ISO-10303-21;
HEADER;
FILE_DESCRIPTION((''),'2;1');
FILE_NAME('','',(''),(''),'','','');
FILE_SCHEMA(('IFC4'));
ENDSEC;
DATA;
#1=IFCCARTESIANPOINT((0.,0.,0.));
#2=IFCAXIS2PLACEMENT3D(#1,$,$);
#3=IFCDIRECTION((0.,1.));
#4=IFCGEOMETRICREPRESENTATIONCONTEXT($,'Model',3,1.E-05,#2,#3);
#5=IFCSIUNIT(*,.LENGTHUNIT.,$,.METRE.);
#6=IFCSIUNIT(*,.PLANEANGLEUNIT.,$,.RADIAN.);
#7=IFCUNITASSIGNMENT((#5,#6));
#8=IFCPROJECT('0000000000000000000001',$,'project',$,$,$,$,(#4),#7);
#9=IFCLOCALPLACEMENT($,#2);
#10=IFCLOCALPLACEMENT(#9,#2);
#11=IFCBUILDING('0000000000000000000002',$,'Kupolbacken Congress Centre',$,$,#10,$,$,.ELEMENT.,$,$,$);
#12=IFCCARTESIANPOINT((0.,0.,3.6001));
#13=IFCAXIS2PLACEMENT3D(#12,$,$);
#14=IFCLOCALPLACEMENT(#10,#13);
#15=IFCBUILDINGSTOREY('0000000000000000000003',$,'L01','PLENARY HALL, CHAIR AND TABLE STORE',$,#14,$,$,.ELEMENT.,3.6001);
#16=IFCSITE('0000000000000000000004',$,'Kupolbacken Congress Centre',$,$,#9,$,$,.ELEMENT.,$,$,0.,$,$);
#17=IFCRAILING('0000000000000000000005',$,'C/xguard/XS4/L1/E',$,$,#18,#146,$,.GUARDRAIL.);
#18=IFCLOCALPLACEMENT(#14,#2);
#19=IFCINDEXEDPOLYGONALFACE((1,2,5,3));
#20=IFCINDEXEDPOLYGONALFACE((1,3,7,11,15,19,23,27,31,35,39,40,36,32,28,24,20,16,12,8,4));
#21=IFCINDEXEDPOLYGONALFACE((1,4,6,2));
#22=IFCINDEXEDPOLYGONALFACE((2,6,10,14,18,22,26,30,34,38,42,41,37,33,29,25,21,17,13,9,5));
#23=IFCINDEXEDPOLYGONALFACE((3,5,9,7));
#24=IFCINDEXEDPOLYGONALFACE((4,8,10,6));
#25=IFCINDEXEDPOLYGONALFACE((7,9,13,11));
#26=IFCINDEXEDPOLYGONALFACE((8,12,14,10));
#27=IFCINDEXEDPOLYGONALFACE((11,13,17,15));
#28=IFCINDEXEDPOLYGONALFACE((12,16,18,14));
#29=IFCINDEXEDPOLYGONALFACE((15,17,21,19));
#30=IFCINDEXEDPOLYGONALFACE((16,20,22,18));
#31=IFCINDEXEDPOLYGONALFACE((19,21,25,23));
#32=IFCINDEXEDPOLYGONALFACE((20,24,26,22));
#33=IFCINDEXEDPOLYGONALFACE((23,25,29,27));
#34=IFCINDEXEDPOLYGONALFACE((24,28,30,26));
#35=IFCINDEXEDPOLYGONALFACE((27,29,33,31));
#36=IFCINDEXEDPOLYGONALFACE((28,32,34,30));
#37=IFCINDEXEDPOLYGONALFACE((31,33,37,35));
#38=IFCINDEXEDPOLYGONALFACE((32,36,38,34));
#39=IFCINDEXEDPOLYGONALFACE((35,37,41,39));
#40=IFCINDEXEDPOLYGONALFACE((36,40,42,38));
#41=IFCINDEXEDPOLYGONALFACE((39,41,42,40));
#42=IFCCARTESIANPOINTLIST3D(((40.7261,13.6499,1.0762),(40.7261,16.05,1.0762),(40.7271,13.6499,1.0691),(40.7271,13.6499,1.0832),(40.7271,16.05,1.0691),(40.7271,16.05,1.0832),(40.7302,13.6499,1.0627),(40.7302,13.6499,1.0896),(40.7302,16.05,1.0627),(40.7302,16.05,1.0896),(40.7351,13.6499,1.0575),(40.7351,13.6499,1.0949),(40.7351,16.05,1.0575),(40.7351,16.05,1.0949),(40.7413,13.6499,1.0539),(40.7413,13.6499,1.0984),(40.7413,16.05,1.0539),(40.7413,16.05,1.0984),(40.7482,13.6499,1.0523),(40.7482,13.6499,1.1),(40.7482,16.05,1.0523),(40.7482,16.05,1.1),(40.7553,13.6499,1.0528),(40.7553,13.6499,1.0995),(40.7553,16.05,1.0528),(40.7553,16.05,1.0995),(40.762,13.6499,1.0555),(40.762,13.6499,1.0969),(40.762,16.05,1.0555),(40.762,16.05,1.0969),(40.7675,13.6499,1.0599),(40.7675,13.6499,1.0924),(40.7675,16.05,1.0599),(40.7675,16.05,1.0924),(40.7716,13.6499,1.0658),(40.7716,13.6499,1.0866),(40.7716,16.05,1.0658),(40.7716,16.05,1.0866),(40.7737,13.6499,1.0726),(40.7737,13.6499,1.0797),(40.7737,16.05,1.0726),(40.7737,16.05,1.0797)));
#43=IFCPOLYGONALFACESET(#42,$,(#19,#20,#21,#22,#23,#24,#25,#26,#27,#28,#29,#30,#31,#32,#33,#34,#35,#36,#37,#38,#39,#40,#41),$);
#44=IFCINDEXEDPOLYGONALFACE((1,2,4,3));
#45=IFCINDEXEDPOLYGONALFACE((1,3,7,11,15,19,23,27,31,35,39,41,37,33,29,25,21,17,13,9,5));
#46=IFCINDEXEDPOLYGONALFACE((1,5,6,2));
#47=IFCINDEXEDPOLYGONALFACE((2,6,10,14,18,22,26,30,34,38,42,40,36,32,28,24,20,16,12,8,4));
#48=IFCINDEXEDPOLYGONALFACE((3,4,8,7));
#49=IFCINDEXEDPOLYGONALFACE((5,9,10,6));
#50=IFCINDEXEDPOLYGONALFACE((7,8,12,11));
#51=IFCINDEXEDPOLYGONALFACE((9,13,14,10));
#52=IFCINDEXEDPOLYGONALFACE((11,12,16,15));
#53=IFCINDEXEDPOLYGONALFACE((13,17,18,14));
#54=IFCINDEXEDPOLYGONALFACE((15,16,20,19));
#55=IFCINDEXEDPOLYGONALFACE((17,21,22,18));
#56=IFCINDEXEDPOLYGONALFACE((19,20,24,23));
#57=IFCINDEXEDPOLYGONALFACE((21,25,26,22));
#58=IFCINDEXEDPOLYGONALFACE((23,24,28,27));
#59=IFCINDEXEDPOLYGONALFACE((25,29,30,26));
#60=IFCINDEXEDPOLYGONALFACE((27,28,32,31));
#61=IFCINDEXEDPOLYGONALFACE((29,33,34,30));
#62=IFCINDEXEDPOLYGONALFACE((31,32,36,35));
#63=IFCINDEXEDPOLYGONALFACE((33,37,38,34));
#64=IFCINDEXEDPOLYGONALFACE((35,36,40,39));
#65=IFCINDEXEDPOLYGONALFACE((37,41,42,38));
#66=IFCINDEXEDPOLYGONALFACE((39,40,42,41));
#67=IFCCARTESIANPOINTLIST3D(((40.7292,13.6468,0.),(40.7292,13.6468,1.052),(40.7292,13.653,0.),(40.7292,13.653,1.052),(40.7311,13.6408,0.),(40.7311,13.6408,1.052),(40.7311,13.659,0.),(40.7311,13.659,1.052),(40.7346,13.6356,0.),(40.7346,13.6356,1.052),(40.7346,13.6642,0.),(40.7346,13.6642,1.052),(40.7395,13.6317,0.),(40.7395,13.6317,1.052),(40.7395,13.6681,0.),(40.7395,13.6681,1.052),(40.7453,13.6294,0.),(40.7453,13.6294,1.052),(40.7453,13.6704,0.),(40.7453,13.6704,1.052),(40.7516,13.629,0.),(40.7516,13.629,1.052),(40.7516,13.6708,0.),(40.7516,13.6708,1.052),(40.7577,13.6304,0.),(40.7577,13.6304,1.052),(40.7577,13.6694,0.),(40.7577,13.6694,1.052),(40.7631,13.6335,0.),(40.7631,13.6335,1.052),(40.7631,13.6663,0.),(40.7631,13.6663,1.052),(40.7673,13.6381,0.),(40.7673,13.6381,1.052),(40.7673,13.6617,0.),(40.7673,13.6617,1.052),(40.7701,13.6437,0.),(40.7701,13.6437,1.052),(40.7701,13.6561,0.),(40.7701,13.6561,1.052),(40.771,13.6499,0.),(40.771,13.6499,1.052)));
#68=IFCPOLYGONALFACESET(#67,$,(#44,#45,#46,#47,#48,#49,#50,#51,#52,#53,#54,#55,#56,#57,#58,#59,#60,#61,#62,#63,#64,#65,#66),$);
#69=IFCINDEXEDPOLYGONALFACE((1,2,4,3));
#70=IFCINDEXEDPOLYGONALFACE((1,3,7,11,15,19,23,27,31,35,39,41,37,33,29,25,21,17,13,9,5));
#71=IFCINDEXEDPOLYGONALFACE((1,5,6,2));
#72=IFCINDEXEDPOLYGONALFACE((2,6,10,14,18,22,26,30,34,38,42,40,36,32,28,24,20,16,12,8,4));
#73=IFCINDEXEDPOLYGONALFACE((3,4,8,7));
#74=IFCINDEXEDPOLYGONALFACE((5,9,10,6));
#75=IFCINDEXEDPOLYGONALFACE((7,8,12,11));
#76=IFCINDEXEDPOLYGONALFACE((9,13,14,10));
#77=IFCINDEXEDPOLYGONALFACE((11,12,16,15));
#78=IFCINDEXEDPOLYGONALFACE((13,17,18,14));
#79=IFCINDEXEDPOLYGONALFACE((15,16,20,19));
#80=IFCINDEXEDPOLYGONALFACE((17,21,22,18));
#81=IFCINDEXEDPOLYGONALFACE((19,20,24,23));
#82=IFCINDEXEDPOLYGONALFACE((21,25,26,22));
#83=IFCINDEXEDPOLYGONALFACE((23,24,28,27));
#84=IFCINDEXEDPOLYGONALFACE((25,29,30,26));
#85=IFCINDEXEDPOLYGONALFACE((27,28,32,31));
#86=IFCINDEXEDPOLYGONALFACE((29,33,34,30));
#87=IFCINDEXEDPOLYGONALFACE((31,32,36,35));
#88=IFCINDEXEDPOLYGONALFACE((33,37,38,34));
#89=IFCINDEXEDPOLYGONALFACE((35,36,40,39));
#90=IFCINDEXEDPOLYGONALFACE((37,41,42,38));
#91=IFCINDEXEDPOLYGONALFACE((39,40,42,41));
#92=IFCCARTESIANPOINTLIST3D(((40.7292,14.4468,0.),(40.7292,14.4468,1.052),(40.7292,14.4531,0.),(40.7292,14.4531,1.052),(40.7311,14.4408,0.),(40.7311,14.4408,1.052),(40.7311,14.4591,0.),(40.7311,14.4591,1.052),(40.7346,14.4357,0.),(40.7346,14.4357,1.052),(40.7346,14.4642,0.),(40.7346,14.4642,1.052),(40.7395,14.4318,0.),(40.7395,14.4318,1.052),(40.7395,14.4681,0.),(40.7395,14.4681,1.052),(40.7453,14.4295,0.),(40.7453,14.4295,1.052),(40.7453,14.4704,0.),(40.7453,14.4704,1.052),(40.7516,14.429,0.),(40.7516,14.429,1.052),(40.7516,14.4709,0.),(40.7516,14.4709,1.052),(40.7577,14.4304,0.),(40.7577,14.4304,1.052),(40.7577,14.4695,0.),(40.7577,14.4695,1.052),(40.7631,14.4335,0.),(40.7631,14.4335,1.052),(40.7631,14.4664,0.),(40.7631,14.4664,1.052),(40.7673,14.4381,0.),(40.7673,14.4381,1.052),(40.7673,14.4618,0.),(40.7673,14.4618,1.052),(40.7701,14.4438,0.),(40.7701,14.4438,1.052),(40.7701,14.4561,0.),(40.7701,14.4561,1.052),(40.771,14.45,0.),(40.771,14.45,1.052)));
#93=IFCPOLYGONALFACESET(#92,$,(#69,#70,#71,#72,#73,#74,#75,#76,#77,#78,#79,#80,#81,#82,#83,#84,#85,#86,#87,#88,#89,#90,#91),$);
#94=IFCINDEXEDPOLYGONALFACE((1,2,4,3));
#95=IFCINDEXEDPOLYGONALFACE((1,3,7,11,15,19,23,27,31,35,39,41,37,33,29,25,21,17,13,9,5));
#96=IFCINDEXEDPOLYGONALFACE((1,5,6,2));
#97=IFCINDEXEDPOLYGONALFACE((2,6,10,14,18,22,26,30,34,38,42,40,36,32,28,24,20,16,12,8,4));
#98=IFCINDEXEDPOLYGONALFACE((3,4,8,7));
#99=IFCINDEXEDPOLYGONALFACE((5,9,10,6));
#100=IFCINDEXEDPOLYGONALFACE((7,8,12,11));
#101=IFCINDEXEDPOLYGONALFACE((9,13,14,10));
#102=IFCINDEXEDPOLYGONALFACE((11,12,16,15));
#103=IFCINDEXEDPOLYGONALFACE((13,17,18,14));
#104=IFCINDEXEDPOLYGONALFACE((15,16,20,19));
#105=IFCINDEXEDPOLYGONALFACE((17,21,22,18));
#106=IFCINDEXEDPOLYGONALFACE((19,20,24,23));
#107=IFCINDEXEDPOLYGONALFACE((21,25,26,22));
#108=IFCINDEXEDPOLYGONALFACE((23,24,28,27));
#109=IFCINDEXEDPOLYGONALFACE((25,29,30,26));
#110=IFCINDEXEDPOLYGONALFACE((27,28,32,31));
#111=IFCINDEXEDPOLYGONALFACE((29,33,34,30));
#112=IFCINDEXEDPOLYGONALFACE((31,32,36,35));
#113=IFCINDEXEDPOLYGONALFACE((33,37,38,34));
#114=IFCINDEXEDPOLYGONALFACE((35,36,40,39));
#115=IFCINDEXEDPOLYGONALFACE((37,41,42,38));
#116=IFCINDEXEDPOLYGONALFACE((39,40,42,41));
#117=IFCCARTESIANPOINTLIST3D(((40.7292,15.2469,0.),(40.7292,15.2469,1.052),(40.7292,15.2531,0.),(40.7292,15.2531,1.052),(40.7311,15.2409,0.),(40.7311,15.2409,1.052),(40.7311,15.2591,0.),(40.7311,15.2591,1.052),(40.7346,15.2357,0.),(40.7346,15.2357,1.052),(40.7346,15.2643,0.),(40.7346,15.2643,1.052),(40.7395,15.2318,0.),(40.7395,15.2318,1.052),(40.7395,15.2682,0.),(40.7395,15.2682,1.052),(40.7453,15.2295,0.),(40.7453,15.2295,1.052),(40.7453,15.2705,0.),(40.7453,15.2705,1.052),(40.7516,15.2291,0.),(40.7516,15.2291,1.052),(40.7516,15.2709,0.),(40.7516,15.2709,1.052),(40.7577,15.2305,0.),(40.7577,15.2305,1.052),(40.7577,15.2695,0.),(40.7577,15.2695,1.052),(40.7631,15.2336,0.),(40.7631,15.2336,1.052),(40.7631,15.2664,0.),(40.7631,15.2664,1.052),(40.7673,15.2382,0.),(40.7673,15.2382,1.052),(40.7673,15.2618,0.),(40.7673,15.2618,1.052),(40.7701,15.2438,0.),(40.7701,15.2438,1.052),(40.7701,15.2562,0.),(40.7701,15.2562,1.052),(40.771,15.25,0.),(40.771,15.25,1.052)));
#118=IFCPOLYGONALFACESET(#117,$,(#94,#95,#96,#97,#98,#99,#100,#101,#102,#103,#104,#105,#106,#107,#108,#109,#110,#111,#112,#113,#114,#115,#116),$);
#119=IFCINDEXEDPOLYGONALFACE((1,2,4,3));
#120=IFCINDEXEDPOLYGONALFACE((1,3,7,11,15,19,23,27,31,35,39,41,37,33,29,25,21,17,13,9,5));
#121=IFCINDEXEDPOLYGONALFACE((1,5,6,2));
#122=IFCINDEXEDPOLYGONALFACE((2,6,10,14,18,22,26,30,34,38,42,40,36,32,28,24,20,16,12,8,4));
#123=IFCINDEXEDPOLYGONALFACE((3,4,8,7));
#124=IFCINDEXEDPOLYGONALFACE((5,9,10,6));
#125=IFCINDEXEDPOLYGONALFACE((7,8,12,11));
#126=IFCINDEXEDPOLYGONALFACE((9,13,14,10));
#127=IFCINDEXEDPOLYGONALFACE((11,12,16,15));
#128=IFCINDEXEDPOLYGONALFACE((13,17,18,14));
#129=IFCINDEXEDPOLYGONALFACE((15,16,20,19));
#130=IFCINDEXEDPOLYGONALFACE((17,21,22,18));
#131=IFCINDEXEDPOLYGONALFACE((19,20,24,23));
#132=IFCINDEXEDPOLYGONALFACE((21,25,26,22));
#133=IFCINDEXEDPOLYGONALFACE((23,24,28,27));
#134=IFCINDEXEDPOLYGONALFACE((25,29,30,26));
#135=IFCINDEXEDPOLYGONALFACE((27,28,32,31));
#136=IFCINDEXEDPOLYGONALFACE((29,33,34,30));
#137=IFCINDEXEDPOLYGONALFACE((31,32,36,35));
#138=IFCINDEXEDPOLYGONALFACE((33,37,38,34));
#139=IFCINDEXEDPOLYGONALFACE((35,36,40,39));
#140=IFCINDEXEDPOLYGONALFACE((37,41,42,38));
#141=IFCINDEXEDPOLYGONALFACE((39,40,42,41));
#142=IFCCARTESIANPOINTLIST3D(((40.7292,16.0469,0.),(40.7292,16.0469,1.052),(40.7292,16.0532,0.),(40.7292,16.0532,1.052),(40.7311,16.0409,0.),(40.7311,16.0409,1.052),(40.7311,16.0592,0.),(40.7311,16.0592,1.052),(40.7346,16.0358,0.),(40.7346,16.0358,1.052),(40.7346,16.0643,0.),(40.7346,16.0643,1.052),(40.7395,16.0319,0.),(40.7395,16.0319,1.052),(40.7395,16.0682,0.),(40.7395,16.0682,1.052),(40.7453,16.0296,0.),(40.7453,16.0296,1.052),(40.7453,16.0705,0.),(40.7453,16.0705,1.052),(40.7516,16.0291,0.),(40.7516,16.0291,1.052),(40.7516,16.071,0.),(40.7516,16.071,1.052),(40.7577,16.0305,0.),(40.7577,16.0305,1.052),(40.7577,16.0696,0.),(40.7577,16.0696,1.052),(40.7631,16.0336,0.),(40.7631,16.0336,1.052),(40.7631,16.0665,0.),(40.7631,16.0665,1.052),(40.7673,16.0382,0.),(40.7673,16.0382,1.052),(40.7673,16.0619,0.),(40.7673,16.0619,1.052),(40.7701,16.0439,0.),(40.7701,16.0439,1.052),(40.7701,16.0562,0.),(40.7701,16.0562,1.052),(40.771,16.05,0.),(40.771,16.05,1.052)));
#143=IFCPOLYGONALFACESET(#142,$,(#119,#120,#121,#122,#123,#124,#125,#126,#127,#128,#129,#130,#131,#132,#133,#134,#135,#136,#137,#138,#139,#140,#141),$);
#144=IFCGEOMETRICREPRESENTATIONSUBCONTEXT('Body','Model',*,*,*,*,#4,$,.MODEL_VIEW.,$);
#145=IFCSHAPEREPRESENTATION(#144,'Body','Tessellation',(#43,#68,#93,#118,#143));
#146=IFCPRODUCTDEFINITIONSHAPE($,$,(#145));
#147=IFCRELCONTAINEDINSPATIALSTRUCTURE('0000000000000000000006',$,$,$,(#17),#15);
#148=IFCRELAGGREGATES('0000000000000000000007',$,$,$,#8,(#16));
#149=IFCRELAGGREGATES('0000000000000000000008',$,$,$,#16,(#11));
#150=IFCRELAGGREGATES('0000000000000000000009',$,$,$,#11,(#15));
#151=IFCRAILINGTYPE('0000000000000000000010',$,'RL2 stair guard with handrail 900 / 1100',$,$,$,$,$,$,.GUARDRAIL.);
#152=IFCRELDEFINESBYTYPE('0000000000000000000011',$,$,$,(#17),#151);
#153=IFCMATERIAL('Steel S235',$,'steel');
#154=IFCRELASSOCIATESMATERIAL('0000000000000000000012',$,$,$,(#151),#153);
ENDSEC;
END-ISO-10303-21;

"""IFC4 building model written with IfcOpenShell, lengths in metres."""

from ifc_helpers import new_model, si_unit, direction, frame, origin, origin_2d, place, context, subcontext, project, spatial, circle, extrude, material, type_object, element, save


model = new_model("IFC4")

# Units and contexts
model_context = context("Model", 3, precision=1e-05, world=origin(), true_north=direction((0.0, 1.0)))
body_context = subcontext(model_context, "Body", "Model", "MODEL_VIEW")
ifc_project = project(units=[si_unit("LENGTHUNIT", "METRE"), si_unit("PLANEANGLEUNIT", "RADIAN")], contexts=[model_context])

# Site, building, storey
site_placement = place(None, origin())
site = spatial("IfcSite", under=ifc_project, at=site_placement, Name="Kupolbacken Congress Centre", CompositionType="ELEMENT", RefElevation=0.0)
building_placement = place(site_placement, origin())
building = spatial("IfcBuilding", under=site, at=building_placement, Name="Kupolbacken Congress Centre", CompositionType="ELEMENT")
storey_placement = place(building_placement, frame((0.0, 0.0, 3.6001)))
storey = spatial("IfcBuildingStorey", under=building, at=storey_placement, Name="L01", Description="PLENARY HALL, CHAIR AND TABLE STORE", CompositionType="ELEMENT", Elevation=3.6001)

# Railing
ifc_material_1 = material(Name="Steel S235", Category="steel")
railing_type = type_object("IfcRailingType", Name="RL2 stair guard with handrail 900 / 1100", PredefinedType="GUARDRAIL", material=ifc_material_1)
for number, where, name in (
    (1, (40.75, 13.6499, 0.0), "C/xguard/XS4/L1/E"),
):
    element("IfcRailing", number, at=place(storey_placement, frame(where)), inside=storey, type_object=railing_type, Name=name, PredefinedType="GUARDRAIL", context=body_context, shape_type="SweptSolid", body=[
        extrude(circle(Radius=0.0239, at=origin_2d()), frame((0.0, 0.0, 1.0762), z_axis=(0.0, 1.0, 0.0), x_axis=(-1.0, 0.0, 0.0)), (0.0, 0.0, 1.0), 2.4001),
        extrude(circle(Radius=0.021, at=origin_2d()), origin(), (0.0, 0.0, 1.0), 1.052),
        extrude(circle(Radius=0.021, at=origin_2d()), frame((0.0, 0.8, 0.0)), (0.0, 0.0, 1.0), 1.052),
        extrude(circle(Radius=0.021, at=origin_2d()), frame((0.0, 1.6001, 0.0)), (0.0, 0.0, 1.0), 1.052),
        extrude(circle(Radius=0.021, at=origin_2d()), frame((0.0, 2.4001, 0.0)), (0.0, 0.0, 1.0), 1.052),
    ])

save(model, "model.ifc")
